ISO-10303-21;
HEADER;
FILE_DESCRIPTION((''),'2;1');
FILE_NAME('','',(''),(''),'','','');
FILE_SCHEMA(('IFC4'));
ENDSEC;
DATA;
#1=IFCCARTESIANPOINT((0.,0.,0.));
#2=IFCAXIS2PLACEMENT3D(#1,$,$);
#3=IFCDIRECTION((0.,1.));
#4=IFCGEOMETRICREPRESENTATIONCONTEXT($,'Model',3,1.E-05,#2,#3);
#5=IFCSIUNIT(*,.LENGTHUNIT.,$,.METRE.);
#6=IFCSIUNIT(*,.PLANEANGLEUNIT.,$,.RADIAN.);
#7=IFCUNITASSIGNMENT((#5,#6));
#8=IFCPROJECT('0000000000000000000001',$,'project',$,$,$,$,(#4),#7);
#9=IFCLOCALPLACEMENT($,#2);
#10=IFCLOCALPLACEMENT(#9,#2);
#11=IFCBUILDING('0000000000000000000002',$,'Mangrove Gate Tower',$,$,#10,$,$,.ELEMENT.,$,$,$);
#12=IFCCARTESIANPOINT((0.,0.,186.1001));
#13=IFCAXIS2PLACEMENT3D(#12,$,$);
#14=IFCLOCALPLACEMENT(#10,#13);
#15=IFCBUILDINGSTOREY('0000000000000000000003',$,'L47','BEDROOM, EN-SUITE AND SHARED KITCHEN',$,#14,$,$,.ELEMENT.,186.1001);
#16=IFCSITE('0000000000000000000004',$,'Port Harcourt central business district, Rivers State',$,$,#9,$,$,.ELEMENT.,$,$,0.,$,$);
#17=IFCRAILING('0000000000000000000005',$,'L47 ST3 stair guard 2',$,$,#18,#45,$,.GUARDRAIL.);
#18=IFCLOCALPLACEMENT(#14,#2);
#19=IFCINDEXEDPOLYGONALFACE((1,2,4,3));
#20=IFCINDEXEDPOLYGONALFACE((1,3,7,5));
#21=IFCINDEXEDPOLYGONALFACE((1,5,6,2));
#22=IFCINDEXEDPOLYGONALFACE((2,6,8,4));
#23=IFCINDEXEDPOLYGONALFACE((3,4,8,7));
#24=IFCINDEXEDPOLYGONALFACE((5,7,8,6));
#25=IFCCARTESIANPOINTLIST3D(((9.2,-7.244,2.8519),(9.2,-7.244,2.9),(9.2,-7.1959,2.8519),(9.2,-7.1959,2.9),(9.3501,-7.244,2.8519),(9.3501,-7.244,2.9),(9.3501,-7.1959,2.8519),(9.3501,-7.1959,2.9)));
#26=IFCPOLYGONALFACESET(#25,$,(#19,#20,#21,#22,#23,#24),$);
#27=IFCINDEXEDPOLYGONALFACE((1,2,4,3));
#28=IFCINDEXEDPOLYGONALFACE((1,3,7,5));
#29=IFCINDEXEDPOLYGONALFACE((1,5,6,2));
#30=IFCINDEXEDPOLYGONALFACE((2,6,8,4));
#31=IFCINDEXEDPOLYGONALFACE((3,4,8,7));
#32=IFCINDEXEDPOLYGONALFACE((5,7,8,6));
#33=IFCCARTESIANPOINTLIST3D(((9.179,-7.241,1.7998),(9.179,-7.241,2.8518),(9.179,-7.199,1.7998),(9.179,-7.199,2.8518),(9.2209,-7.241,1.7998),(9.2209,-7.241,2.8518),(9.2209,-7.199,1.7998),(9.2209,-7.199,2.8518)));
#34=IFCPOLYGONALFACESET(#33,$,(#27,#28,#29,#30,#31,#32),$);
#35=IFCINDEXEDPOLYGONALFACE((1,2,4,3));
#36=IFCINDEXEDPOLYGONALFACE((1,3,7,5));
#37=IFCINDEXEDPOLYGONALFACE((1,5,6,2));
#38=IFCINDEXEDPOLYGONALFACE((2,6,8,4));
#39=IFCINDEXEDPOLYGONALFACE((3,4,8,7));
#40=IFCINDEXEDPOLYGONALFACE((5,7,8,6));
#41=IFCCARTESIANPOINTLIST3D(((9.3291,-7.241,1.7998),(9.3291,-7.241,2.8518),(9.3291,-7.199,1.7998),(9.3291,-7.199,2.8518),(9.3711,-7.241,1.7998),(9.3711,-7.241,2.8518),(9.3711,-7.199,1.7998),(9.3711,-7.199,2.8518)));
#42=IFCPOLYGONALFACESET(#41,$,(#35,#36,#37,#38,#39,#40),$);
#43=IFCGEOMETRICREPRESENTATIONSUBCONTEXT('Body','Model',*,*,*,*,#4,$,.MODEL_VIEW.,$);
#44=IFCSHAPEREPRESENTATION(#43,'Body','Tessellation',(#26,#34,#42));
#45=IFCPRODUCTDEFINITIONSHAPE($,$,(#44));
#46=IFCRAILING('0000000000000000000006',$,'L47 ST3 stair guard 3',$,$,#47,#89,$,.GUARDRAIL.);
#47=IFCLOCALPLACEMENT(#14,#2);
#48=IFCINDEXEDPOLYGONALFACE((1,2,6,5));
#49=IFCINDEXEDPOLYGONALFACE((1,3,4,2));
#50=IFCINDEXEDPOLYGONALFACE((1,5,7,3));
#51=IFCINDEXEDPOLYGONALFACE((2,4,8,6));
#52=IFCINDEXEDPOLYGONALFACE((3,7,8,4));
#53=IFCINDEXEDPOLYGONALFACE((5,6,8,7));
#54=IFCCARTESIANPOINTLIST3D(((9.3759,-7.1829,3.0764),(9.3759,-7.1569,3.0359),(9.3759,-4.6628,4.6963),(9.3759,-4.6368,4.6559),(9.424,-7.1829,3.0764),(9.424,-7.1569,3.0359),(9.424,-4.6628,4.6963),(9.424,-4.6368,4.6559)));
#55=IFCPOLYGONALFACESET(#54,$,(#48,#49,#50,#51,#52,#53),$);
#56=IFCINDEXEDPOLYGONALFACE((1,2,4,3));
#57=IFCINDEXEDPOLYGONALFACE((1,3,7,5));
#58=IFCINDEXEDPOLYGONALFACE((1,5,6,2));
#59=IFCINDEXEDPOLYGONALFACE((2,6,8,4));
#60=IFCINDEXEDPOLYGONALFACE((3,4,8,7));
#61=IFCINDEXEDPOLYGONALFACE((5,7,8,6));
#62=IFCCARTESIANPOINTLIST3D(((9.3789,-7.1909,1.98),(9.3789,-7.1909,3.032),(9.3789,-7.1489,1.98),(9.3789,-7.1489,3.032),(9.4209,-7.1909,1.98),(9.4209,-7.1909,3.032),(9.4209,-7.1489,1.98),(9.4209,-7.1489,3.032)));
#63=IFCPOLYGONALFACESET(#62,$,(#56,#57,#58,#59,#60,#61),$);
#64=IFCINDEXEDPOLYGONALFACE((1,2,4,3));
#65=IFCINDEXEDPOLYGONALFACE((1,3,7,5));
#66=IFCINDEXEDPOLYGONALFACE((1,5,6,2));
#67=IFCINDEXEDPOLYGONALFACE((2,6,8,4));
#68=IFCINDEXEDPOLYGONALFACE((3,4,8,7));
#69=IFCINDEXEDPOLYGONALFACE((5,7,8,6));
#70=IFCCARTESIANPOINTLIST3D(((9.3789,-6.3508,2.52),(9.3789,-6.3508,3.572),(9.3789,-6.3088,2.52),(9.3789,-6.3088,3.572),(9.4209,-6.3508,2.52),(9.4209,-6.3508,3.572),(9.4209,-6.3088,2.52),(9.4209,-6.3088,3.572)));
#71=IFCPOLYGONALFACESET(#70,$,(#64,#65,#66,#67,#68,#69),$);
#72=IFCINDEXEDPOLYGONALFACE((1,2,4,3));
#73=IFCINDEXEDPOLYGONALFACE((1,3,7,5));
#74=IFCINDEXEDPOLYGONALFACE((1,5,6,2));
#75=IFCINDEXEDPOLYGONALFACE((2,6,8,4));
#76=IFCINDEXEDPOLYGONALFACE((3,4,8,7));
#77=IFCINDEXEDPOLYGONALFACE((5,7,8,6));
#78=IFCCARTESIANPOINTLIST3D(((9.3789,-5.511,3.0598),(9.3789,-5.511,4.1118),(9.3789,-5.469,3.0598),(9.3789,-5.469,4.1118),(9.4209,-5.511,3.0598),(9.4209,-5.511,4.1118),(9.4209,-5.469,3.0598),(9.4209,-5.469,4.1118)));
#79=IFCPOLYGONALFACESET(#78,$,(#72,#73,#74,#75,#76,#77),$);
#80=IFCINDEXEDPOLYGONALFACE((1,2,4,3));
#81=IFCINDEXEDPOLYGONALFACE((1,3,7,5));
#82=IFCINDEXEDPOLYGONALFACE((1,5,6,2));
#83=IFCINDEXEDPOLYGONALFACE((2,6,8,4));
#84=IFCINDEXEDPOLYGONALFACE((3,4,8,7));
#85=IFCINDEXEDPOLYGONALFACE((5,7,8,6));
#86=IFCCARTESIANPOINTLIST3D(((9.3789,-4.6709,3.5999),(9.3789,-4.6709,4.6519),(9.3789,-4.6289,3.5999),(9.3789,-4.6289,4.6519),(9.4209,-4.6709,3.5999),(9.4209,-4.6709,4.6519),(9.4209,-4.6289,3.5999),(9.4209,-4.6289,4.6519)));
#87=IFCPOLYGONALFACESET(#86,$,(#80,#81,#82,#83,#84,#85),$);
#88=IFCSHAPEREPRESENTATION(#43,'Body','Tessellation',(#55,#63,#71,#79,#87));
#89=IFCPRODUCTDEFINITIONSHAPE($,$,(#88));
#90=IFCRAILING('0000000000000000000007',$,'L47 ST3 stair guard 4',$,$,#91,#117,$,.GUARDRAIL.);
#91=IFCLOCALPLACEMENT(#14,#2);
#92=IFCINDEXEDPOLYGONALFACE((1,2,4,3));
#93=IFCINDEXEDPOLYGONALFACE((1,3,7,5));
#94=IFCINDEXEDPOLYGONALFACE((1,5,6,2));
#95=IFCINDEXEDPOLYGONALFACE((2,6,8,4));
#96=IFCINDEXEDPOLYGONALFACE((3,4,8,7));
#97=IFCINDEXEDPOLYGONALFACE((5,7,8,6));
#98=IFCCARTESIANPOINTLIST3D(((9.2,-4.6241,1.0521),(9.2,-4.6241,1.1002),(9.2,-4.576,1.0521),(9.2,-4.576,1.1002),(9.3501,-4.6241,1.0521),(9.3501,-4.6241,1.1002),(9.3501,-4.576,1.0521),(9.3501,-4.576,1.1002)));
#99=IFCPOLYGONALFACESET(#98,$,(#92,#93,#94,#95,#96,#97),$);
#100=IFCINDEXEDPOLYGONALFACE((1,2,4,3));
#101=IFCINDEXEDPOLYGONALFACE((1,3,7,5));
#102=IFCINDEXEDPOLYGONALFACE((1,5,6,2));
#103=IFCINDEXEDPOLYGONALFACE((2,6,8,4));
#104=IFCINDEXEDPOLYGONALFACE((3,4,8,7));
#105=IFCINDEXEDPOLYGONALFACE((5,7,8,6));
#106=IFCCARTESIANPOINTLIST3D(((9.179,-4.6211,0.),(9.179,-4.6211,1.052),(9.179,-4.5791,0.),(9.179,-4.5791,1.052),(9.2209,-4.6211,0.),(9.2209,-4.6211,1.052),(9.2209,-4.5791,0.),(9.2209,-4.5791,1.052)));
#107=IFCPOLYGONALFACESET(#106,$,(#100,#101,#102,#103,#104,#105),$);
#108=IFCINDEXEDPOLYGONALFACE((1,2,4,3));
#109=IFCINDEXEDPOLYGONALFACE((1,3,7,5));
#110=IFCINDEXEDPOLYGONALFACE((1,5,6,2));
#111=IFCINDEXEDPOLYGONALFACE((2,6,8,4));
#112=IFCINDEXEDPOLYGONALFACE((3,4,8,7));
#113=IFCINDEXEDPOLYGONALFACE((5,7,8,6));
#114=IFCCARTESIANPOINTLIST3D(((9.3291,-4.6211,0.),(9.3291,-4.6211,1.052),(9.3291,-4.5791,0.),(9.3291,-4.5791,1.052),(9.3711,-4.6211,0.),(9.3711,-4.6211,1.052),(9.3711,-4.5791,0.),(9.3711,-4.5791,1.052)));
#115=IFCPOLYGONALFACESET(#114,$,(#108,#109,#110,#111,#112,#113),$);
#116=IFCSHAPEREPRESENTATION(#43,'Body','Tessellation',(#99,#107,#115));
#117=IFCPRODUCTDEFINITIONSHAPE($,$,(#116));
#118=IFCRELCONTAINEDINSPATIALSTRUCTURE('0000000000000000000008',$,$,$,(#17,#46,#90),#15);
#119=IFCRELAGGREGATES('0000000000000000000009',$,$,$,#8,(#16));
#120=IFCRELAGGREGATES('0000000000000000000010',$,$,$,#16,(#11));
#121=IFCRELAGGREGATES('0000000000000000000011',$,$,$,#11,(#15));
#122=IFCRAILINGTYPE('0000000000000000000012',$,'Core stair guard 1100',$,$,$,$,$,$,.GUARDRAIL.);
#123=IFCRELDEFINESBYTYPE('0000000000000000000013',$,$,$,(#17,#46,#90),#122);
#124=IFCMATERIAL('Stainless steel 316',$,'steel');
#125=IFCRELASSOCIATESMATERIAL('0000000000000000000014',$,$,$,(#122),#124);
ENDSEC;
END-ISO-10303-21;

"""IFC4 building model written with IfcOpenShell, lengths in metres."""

from ifc_helpers import new_model, si_unit, direction, frame, origin, origin_2d, place, context, subcontext, project, spatial, rectangle, extrude, material, type_object, element, save


model = new_model("IFC4")

# Units and contexts
model_context = context("Model", 3, precision=1e-05, world=origin(), true_north=direction((0.0, 1.0)))
body_context = subcontext(model_context, "Body", "Model", "MODEL_VIEW")
ifc_project = project(units=[si_unit("LENGTHUNIT", "METRE"), si_unit("PLANEANGLEUNIT", "RADIAN")], contexts=[model_context])

# Site, building, storey
site_placement = place(None, origin())
site = spatial("IfcSite", under=ifc_project, at=site_placement, Name="Port Harcourt central business district, Rivers State", CompositionType="ELEMENT", RefElevation=0.0)
building_placement = place(site_placement, origin())
building = spatial("IfcBuilding", under=site, at=building_placement, Name="Mangrove Gate Tower", CompositionType="ELEMENT")
storey_placement = place(building_placement, frame((0.0, 0.0, 186.1001)))
storey = spatial("IfcBuildingStorey", under=building, at=storey_placement, Name="L47", Description="BEDROOM, EN-SUITE AND SHARED KITCHEN", CompositionType="ELEMENT", Elevation=186.1001)

# Railings
ifc_material_1 = material(Name="Stainless steel 316", Category="steel")
railing_type_1 = type_object("IfcRailingType", Name="Core stair guard 1100", PredefinedType="GUARDRAIL", material=ifc_material_1)
railing_1_placement = place(storey_placement, frame((9.2, -7.22, 1.7998)))
element("IfcRailing", 1, at=railing_1_placement, inside=storey, type_object=railing_type_1, Name="L47 ST3 stair guard 2", PredefinedType="GUARDRAIL", context=body_context, shape_type="SweptSolid", body=[
    extrude(rectangle(XDim=0.0481, YDim=0.0481, at=origin_2d()), frame((0.0, 0.0, 1.0762), z_axis=(1.0, 0.0, 0.0), x_axis=(0.0, 1.0, 0.0)), (0.0, 0.0, 1.0), 0.1501),
    extrude(rectangle(XDim=0.042, YDim=0.042, at=origin_2d()), origin(), (0.0, 0.0, 1.0), 1.052),
    extrude(rectangle(XDim=0.042, YDim=0.042, at=origin_2d()), frame((0.1501, 0.0, 0.0)), (0.0, 0.0, 1.0), 1.052),
])
railing_2_placement = place(storey_placement, frame((9.3999, -7.1699, 1.98)))
element("IfcRailing", 2, at=railing_2_placement, inside=storey, type_object=railing_type_1, Name="L47 ST3 stair guard 3", PredefinedType="GUARDRAIL", context=body_context, shape_type="SweptSolid", body=[
    extrude(rectangle(XDim=0.0481, YDim=0.0481, at=origin_2d()), frame((0.0, 0.0, 1.0762), z_axis=(0.0, 0.8412, 0.540725), x_axis=(-1.0, 0.0, 0.0)), (0.0, 0.0, 1.0), 2.9958),
    extrude(rectangle(XDim=0.042, YDim=0.042, at=origin_2d()), origin(), (0.0, 0.0, 1.0), 1.052),
    extrude(rectangle(XDim=0.042, YDim=0.042, at=origin_2d()), frame((0.0, 0.8401, 0.54)), (0.0, 0.0, 1.0), 1.052),
    extrude(rectangle(XDim=0.042, YDim=0.042, at=origin_2d()), frame((0.0, 1.6799, 1.0798)), (0.0, 0.0, 1.0), 1.052),
    extrude(rectangle(XDim=0.042, YDim=0.042, at=origin_2d()), frame((0.0, 2.52, 1.6199)), (0.0, 0.0, 1.0), 1.052),
])
railing_3_placement = place(storey_placement, frame((9.2, -4.6001, 0.0)))
element("IfcRailing", 3, at=railing_3_placement, inside=storey, type_object=railing_type_1, Name="L47 ST3 stair guard 4", PredefinedType="GUARDRAIL", context=body_context, shape_type="SweptSolid", body=[
    extrude(rectangle(XDim=0.0481, YDim=0.0481, at=origin_2d()), frame((0.0, 0.0, 1.0762), z_axis=(1.0, 0.0, 0.0), x_axis=(0.0, 1.0, 0.0)), (0.0, 0.0, 1.0), 0.1501),
    extrude(rectangle(XDim=0.042, YDim=0.042, at=origin_2d()), origin(), (0.0, 0.0, 1.0), 1.052),
    extrude(rectangle(XDim=0.042, YDim=0.042, at=origin_2d()), frame((0.1501, 0.0, 0.0)), (0.0, 0.0, 1.0), 1.052),
])

save(model, "model.ifc")
